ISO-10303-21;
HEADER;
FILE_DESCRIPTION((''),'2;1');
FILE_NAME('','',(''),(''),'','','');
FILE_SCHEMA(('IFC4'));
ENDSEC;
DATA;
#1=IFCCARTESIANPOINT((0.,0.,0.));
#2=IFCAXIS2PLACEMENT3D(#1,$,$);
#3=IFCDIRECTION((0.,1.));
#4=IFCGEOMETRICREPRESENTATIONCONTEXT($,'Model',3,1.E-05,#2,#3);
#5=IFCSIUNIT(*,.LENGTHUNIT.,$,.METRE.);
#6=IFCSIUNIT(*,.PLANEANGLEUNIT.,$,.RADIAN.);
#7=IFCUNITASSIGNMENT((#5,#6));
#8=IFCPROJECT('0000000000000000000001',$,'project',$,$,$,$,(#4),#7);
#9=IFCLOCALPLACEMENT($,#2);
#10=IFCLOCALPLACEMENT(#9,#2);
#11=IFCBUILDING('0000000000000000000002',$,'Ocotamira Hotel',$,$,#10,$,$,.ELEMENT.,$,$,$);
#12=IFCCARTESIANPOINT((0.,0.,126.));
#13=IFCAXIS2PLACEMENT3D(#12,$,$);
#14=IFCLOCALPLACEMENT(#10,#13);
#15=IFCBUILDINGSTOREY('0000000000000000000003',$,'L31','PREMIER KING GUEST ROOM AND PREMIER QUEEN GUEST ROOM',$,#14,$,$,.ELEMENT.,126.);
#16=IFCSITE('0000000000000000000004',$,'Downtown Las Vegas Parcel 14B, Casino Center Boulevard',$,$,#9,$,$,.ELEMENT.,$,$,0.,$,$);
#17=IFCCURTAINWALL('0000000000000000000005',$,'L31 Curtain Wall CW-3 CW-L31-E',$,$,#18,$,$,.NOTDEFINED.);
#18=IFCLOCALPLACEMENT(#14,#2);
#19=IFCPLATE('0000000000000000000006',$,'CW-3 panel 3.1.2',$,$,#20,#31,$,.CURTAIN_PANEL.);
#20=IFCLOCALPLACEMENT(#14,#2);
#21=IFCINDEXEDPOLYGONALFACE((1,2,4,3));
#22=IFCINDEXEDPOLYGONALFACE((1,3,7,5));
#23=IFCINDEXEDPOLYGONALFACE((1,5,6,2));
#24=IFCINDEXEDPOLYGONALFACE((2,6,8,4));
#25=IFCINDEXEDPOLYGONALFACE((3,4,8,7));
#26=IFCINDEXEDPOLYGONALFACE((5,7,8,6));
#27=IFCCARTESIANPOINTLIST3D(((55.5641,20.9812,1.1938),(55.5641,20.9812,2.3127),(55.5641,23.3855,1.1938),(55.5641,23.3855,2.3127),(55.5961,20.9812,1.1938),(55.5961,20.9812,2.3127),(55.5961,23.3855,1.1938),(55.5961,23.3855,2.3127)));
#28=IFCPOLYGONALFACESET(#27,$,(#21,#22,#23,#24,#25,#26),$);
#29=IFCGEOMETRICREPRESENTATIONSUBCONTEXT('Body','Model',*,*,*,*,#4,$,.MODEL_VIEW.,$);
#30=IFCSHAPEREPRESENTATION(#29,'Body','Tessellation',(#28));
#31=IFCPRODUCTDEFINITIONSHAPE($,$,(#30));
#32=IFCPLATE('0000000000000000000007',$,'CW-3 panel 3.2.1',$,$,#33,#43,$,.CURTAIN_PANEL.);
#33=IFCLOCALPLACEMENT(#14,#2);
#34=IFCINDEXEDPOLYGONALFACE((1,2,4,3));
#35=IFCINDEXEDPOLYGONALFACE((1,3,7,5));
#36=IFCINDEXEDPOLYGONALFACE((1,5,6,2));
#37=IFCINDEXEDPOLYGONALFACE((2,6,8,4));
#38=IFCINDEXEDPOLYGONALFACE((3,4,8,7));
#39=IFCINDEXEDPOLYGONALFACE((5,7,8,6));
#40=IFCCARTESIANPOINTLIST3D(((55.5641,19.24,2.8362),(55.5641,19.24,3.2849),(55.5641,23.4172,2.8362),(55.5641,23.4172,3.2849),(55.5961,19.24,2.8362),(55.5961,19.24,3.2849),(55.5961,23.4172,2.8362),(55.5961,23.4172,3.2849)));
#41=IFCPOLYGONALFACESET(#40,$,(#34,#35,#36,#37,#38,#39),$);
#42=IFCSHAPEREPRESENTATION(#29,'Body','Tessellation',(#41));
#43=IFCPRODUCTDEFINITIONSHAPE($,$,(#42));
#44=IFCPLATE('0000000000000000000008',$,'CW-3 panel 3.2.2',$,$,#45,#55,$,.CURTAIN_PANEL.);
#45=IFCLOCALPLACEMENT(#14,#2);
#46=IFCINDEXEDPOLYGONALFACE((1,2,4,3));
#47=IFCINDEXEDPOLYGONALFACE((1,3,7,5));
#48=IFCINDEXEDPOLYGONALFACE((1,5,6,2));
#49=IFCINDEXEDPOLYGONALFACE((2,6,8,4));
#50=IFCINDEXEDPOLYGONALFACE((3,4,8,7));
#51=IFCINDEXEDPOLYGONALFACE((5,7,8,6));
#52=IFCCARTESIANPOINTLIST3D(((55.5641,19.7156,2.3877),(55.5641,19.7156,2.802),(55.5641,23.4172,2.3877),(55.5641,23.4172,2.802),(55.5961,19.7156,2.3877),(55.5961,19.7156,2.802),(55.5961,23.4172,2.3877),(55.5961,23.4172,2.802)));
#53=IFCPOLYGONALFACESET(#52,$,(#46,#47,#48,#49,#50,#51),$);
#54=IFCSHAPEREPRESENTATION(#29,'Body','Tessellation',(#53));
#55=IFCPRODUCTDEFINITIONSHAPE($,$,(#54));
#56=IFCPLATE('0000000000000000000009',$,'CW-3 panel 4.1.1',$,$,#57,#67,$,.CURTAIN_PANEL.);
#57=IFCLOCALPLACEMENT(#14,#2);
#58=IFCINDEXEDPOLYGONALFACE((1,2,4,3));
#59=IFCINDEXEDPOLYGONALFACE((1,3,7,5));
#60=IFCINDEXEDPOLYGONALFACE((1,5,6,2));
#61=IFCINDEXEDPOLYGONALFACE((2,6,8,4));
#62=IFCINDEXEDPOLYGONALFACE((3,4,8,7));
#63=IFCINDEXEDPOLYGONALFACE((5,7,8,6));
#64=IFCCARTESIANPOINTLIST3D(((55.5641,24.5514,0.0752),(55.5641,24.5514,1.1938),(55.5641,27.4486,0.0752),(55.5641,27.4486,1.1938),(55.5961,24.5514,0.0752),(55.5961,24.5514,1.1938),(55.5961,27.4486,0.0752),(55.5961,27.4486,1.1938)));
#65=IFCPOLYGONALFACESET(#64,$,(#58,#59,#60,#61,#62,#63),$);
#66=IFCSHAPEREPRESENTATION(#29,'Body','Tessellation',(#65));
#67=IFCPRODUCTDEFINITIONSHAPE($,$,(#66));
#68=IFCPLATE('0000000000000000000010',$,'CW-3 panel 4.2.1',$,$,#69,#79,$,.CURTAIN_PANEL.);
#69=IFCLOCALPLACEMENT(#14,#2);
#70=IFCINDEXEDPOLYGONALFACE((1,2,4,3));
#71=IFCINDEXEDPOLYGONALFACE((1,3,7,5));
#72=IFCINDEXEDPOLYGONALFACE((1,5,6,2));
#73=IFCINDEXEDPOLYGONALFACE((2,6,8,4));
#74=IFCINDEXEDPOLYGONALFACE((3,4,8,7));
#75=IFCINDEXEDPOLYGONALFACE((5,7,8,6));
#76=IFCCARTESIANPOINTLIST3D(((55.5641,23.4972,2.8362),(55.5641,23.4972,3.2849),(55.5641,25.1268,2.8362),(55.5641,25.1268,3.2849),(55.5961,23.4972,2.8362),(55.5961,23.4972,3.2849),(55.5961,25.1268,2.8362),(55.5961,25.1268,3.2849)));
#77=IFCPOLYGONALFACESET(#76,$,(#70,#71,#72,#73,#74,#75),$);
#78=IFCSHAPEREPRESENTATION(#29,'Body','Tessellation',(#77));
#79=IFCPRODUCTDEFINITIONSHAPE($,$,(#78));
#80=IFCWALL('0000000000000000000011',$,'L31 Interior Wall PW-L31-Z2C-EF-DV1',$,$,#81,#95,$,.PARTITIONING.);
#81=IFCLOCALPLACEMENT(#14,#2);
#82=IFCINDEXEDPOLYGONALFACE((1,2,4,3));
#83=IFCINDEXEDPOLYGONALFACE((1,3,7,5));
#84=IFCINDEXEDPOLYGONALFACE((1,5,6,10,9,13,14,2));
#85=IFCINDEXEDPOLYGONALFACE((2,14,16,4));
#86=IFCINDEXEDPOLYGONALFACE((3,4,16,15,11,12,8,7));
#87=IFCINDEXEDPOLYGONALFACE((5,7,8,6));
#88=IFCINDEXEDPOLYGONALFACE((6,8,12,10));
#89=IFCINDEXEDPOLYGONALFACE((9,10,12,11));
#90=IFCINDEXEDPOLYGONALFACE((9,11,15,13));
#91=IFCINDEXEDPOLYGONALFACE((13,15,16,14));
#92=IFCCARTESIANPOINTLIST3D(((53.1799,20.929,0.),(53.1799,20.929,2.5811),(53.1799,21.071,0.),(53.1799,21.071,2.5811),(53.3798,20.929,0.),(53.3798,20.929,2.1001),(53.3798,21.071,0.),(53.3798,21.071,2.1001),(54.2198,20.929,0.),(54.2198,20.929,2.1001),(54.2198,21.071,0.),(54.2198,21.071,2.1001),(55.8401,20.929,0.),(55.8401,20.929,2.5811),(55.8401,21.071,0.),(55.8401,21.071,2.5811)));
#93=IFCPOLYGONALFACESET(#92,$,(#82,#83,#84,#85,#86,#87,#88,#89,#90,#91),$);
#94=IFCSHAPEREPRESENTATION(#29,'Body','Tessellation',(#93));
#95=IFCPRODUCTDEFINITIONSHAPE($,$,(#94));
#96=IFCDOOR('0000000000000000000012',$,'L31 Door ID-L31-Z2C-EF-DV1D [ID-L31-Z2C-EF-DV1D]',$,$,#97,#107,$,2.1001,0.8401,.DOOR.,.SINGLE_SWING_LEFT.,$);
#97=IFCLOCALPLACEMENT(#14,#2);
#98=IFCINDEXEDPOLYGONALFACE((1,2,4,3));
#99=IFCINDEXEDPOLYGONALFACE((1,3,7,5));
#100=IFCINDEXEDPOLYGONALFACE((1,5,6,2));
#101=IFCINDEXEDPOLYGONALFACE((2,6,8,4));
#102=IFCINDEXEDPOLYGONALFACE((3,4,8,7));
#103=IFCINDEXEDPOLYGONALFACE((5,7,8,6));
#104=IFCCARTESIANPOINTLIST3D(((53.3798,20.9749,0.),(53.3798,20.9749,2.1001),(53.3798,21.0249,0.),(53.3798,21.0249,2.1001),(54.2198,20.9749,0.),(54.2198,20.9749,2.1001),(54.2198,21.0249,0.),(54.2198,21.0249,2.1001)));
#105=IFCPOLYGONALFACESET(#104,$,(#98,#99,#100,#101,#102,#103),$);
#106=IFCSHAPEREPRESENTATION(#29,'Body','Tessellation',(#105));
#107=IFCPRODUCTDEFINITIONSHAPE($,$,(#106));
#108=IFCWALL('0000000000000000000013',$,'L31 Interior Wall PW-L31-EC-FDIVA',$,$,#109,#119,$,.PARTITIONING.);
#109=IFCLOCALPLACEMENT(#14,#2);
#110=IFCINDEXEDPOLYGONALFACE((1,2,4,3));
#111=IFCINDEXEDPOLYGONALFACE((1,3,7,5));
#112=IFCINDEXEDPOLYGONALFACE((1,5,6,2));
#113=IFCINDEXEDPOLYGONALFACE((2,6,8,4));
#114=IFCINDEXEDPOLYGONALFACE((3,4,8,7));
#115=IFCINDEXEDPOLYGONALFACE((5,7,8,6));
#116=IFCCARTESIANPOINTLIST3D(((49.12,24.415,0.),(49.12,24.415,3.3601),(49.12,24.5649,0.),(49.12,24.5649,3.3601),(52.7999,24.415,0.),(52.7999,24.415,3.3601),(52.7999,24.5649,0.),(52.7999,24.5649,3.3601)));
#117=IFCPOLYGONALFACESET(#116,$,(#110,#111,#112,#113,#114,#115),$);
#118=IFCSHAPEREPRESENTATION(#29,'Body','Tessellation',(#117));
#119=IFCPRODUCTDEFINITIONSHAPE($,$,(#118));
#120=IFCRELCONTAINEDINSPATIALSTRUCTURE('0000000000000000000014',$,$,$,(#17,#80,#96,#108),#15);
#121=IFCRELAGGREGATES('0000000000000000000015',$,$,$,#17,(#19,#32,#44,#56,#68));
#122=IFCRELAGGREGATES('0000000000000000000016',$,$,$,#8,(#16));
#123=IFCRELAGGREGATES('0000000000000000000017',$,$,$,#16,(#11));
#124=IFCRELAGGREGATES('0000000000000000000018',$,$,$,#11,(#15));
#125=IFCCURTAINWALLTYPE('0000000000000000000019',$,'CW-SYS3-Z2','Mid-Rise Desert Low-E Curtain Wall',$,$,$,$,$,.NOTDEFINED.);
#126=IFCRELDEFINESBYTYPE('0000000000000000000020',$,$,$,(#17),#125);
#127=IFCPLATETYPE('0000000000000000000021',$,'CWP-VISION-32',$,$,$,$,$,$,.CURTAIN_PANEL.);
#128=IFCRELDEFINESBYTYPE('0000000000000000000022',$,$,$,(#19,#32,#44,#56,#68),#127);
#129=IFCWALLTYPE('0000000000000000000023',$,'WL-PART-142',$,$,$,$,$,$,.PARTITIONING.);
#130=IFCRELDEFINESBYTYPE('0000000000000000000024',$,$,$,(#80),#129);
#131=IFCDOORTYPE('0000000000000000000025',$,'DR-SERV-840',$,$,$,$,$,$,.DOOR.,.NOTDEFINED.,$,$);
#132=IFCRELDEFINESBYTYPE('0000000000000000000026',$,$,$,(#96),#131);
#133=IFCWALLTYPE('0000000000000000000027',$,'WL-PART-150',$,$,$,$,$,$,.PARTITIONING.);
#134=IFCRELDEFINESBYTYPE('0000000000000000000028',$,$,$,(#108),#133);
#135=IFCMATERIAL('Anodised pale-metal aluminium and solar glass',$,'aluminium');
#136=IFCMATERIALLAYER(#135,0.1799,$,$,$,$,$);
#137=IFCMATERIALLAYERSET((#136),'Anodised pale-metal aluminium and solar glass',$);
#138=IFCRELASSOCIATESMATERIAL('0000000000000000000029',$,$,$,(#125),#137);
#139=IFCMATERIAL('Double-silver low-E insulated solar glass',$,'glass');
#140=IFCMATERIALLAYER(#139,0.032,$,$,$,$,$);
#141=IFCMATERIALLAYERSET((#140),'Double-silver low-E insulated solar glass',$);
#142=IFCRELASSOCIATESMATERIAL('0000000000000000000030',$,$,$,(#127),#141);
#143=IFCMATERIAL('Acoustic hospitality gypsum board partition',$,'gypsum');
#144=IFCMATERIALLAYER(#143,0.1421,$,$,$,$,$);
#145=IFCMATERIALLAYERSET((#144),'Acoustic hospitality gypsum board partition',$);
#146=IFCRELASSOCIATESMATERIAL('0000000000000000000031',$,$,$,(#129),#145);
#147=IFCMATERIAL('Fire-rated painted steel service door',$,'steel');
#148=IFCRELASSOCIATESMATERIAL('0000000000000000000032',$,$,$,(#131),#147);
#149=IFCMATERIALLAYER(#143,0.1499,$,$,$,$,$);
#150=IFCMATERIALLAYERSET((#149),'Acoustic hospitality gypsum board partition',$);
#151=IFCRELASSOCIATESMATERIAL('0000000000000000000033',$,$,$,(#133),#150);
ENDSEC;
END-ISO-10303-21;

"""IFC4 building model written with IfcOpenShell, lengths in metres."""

from ifc_helpers import new_model, si_unit, direction, frame, frame_2d, origin, origin_2d, place, context, subcontext, project, spatial, rectangle, extrude, source, transform, mapped, material, layer, layer_set, type_object, element, fill, aggregate, save


model = new_model("IFC4")

# Units and contexts
model_context = context("Model", 3, precision=1e-05, world=origin(), true_north=direction((0.0, 1.0)))
body_context = subcontext(model_context, "Body", "Model", "MODEL_VIEW")
ifc_project = project(units=[si_unit("LENGTHUNIT", "METRE"), si_unit("PLANEANGLEUNIT", "RADIAN")], contexts=[model_context])

# Site, building, storey
site_placement = place(None, origin())
site = spatial("IfcSite", under=ifc_project, at=site_placement, Name="Downtown Las Vegas Parcel 14B, Casino Center Boulevard", CompositionType="ELEMENT", RefElevation=0.0)
building_placement = place(site_placement, origin())
building = spatial("IfcBuilding", under=site, at=building_placement, Name="Ocotamira Hotel", CompositionType="ELEMENT")
storey_placement = place(building_placement, frame((0.0, 0.0, 126.0)))
storey = spatial("IfcBuildingStorey", under=building, at=storey_placement, Name="L31", Description="PREMIER KING GUEST ROOM AND PREMIER QUEEN GUEST ROOM", CompositionType="ELEMENT", Elevation=126.0)

# Curtain wall
ifc_material_1 = material(Name="Anodised pale-metal aluminium and solar glass", Category="aluminium")
ifc_layer_1 = layer(ifc_material_1, 0.1799)
ifc_layer_set_1 = layer_set([ifc_layer_1], Name="Anodised pale-metal aluminium and solar glass")
curtain_wall_type = type_object("IfcCurtainWallType", Name="CW-SYS3-Z2", Description="Mid-Rise Desert Low-E Curtain Wall", PredefinedType="NOTDEFINED", material=ifc_layer_set_1)
curtain_wall_placement = place(storey_placement, origin())
curtain_wall = element("IfcCurtainWall", 1, at=curtain_wall_placement, inside=storey, type_object=curtain_wall_type, Name="L31 Curtain Wall CW-3 CW-L31-E", PredefinedType="NOTDEFINED")

# Plates
ifc_material_2 = material(Name="Double-silver low-E insulated solar glass", Category="glass")
ifc_layer_2 = layer(ifc_material_2, 0.032)
ifc_layer_set_2 = layer_set([ifc_layer_2], Name="Double-silver low-E insulated solar glass")
plate_type_1 = type_object("IfcPlateType", Name="CWP-VISION-32", PredefinedType="CURTAIN_PANEL", material=ifc_layer_set_2)
shared_shape_1 = source(origin(), body_context, "Body", "SweptSolid", [
    extrude(rectangle(XDim=2.4043, YDim=0.032, at=origin_2d()), origin(), (0.0, 0.0, 1.0), 1.1189),
])
plate_1_placement = place(storey_placement, frame((55.5801, 22.1833, 1.1938), z_axis=(0.0, 0.0, 1.0), x_axis=(0.0, 1.0, 0.0)))
plate_1 = element("IfcPlate", 2, at=plate_1_placement, type_object=plate_type_1, Name="CW-3 panel 3.1.2", PredefinedType="CURTAIN_PANEL", context=body_context, shape_type="MappedRepresentation", body=[
    mapped(shared_shape_1, transform((0.0, 0.0, 0.0), scale=1.0)),
])
shared_shape_2 = source(origin(), body_context, "Body", "SweptSolid", [
    extrude(rectangle(XDim=4.1772, YDim=0.032, at=origin_2d()), origin(), (0.0, 0.0, 1.0), 0.4487),
])
plate_2_placement = place(storey_placement, frame((55.5801, 21.3286, 2.8362), z_axis=(0.0, 0.0, 1.0), x_axis=(0.0, 1.0, 0.0)))
plate_2 = element("IfcPlate", 3, at=plate_2_placement, type_object=plate_type_1, Name="CW-3 panel 3.2.1", PredefinedType="CURTAIN_PANEL", context=body_context, shape_type="MappedRepresentation", body=[
    mapped(shared_shape_2, transform((0.0, 0.0, 0.0), scale=1.0)),
])
shared_shape_3 = source(origin(), body_context, "Body", "SweptSolid", [
    extrude(rectangle(XDim=3.7017, YDim=0.032, at=origin_2d()), origin(), (0.0, 0.0, 1.0), 0.4143),
])
plate_3_placement = place(storey_placement, frame((55.5801, 21.5664, 2.3877), z_axis=(0.0, 0.0, 1.0), x_axis=(0.0, 1.0, 0.0)))
plate_3 = element("IfcPlate", 4, at=plate_3_placement, type_object=plate_type_1, Name="CW-3 panel 3.2.2", PredefinedType="CURTAIN_PANEL", context=body_context, shape_type="MappedRepresentation", body=[
    mapped(shared_shape_3, transform((0.0, 0.0, 0.0), scale=1.0)),
])
shared_shape_4 = source(origin(), body_context, "Body", "SweptSolid", [
    extrude(rectangle(XDim=2.8972, YDim=0.032, at=origin_2d()), origin(), (0.0, 0.0, 1.0), 1.1187),
])
plate_4_placement = place(storey_placement, frame((55.5801, 26.0, 0.0752), z_axis=(0.0, 0.0, 1.0), x_axis=(0.0, 1.0, 0.0)))
plate_4 = element("IfcPlate", 5, at=plate_4_placement, type_object=plate_type_1, Name="CW-3 panel 4.1.1", PredefinedType="CURTAIN_PANEL", context=body_context, shape_type="MappedRepresentation", body=[
    mapped(shared_shape_4, transform((0.0, 0.0, 0.0), scale=1.0)),
])
shared_shape_5 = source(origin(), body_context, "Body", "SweptSolid", [
    extrude(rectangle(XDim=1.6296, YDim=0.032, at=origin_2d()), origin(), (0.0, 0.0, 1.0), 0.4487),
])
plate_5_placement = place(storey_placement, frame((55.5801, 24.312, 2.8362), z_axis=(0.0, 0.0, 1.0), x_axis=(0.0, 1.0, 0.0)))
plate_5 = element("IfcPlate", 6, at=plate_5_placement, type_object=plate_type_1, Name="CW-3 panel 4.2.1", PredefinedType="CURTAIN_PANEL", context=body_context, shape_type="MappedRepresentation", body=[
    mapped(shared_shape_5, transform((0.0, 0.0, 0.0), scale=1.0)),
])
aggregate(curtain_wall, [plate_1, plate_2, plate_3, plate_4, plate_5])

# Wall, opening, door
ifc_material_3 = material(Name="Acoustic hospitality gypsum board partition", Category="gypsum")
ifc_layer_3 = layer(ifc_material_3, 0.1421)
ifc_layer_set_3 = layer_set([ifc_layer_3], Name="Acoustic hospitality gypsum board partition")
wall_type_1 = type_object("IfcWallType", Name="WL-PART-142", PredefinedType="PARTITIONING", material=ifc_layer_set_3)
wall_1_placement = place(storey_placement, frame((53.1799, 21.0, 0.0), z_axis=(0.0, 0.0, 1.0), x_axis=(1.0, 0.0, 0.0)))
wall_1 = element("IfcWall", 7, at=wall_1_placement, inside=storey, type_object=wall_type_1, Name="L31 Interior Wall PW-L31-Z2C-EF-DV1", PredefinedType="PARTITIONING", context=body_context, shape_type="SweptSolid", body=[
    extrude(rectangle(XDim=2.6602, YDim=0.1421, at=frame_2d((1.3301, 0.0))), origin(), (0.0, 0.0, 1.0), 2.5811),
])
opening_1_placement = place(wall_1_placement, frame((0.2, 0.0, 0.0)))
opening_1 = element("IfcOpeningElement", 8, at=opening_1_placement, cuts=wall_1, PredefinedType="OPENING", context=body_context, shape_type="SweptSolid", body=[
    extrude(rectangle(XDim=0.8401, YDim=2.1001, at=frame_2d((0.4199, 1.05))), frame((0.0, 0.0811, 0.0), z_axis=(0.0, -1.0, 0.0), x_axis=(1.0, 0.0, 0.0)), (0.0, 0.0, 1.0), 0.1621),
])
ifc_material_4 = material(Name="Fire-rated painted steel service door", Category="steel")
door_type_1 = type_object("IfcDoorType", Name="DR-SERV-840", OperationType="NOTDEFINED", PredefinedType="DOOR", material=ifc_material_4)
shared_shape_6 = source(origin(), body_context, "Body", "SweptSolid", [
    extrude(rectangle(XDim=0.8401, YDim=2.1001, at=frame_2d((0.4199, 1.05))), frame((0.0, 0.0249, 0.0), z_axis=(0.0, -1.0, 0.0), x_axis=(1.0, 0.0, 0.0)), (0.0, 0.0, 1.0), 0.05),
])
door_1_placement = place(opening_1_placement, origin())
door_1 = element("IfcDoor", 9, at=door_1_placement, inside=storey, type_object=door_type_1, Name="L31 Door ID-L31-Z2C-EF-DV1D [ID-L31-Z2C-EF-DV1D]", OperationType="SINGLE_SWING_LEFT", OverallHeight=2.1001, OverallWidth=0.8401, PredefinedType="DOOR", context=body_context, shape_type="MappedRepresentation", body=[
    mapped(shared_shape_6, transform((0.0, 0.0, 0.0), scale=1.0)),
])
fill(opening_1, door_1)

# Wall
ifc_layer_4 = layer(ifc_material_3, 0.1499)
ifc_layer_set_4 = layer_set([ifc_layer_4], Name="Acoustic hospitality gypsum board partition")
wall_type_2 = type_object("IfcWallType", Name="WL-PART-150", PredefinedType="PARTITIONING", material=ifc_layer_set_4)
wall_2_placement = place(storey_placement, frame((49.1201, 24.49, 0.0), z_axis=(0.0, 0.0, 1.0), x_axis=(1.0, 0.0, 0.0)))
element("IfcWall", 10, at=wall_2_placement, inside=storey, type_object=wall_type_2, Name="L31 Interior Wall PW-L31-EC-FDIVA", PredefinedType="PARTITIONING", context=body_context, shape_type="SweptSolid", body=[
    extrude(rectangle(XDim=3.6799, YDim=0.1499, at=frame_2d((1.8398, 0.0))), origin(), (0.0, 0.0, 1.0), 3.3601),
])

save(model, "model.ifc")
